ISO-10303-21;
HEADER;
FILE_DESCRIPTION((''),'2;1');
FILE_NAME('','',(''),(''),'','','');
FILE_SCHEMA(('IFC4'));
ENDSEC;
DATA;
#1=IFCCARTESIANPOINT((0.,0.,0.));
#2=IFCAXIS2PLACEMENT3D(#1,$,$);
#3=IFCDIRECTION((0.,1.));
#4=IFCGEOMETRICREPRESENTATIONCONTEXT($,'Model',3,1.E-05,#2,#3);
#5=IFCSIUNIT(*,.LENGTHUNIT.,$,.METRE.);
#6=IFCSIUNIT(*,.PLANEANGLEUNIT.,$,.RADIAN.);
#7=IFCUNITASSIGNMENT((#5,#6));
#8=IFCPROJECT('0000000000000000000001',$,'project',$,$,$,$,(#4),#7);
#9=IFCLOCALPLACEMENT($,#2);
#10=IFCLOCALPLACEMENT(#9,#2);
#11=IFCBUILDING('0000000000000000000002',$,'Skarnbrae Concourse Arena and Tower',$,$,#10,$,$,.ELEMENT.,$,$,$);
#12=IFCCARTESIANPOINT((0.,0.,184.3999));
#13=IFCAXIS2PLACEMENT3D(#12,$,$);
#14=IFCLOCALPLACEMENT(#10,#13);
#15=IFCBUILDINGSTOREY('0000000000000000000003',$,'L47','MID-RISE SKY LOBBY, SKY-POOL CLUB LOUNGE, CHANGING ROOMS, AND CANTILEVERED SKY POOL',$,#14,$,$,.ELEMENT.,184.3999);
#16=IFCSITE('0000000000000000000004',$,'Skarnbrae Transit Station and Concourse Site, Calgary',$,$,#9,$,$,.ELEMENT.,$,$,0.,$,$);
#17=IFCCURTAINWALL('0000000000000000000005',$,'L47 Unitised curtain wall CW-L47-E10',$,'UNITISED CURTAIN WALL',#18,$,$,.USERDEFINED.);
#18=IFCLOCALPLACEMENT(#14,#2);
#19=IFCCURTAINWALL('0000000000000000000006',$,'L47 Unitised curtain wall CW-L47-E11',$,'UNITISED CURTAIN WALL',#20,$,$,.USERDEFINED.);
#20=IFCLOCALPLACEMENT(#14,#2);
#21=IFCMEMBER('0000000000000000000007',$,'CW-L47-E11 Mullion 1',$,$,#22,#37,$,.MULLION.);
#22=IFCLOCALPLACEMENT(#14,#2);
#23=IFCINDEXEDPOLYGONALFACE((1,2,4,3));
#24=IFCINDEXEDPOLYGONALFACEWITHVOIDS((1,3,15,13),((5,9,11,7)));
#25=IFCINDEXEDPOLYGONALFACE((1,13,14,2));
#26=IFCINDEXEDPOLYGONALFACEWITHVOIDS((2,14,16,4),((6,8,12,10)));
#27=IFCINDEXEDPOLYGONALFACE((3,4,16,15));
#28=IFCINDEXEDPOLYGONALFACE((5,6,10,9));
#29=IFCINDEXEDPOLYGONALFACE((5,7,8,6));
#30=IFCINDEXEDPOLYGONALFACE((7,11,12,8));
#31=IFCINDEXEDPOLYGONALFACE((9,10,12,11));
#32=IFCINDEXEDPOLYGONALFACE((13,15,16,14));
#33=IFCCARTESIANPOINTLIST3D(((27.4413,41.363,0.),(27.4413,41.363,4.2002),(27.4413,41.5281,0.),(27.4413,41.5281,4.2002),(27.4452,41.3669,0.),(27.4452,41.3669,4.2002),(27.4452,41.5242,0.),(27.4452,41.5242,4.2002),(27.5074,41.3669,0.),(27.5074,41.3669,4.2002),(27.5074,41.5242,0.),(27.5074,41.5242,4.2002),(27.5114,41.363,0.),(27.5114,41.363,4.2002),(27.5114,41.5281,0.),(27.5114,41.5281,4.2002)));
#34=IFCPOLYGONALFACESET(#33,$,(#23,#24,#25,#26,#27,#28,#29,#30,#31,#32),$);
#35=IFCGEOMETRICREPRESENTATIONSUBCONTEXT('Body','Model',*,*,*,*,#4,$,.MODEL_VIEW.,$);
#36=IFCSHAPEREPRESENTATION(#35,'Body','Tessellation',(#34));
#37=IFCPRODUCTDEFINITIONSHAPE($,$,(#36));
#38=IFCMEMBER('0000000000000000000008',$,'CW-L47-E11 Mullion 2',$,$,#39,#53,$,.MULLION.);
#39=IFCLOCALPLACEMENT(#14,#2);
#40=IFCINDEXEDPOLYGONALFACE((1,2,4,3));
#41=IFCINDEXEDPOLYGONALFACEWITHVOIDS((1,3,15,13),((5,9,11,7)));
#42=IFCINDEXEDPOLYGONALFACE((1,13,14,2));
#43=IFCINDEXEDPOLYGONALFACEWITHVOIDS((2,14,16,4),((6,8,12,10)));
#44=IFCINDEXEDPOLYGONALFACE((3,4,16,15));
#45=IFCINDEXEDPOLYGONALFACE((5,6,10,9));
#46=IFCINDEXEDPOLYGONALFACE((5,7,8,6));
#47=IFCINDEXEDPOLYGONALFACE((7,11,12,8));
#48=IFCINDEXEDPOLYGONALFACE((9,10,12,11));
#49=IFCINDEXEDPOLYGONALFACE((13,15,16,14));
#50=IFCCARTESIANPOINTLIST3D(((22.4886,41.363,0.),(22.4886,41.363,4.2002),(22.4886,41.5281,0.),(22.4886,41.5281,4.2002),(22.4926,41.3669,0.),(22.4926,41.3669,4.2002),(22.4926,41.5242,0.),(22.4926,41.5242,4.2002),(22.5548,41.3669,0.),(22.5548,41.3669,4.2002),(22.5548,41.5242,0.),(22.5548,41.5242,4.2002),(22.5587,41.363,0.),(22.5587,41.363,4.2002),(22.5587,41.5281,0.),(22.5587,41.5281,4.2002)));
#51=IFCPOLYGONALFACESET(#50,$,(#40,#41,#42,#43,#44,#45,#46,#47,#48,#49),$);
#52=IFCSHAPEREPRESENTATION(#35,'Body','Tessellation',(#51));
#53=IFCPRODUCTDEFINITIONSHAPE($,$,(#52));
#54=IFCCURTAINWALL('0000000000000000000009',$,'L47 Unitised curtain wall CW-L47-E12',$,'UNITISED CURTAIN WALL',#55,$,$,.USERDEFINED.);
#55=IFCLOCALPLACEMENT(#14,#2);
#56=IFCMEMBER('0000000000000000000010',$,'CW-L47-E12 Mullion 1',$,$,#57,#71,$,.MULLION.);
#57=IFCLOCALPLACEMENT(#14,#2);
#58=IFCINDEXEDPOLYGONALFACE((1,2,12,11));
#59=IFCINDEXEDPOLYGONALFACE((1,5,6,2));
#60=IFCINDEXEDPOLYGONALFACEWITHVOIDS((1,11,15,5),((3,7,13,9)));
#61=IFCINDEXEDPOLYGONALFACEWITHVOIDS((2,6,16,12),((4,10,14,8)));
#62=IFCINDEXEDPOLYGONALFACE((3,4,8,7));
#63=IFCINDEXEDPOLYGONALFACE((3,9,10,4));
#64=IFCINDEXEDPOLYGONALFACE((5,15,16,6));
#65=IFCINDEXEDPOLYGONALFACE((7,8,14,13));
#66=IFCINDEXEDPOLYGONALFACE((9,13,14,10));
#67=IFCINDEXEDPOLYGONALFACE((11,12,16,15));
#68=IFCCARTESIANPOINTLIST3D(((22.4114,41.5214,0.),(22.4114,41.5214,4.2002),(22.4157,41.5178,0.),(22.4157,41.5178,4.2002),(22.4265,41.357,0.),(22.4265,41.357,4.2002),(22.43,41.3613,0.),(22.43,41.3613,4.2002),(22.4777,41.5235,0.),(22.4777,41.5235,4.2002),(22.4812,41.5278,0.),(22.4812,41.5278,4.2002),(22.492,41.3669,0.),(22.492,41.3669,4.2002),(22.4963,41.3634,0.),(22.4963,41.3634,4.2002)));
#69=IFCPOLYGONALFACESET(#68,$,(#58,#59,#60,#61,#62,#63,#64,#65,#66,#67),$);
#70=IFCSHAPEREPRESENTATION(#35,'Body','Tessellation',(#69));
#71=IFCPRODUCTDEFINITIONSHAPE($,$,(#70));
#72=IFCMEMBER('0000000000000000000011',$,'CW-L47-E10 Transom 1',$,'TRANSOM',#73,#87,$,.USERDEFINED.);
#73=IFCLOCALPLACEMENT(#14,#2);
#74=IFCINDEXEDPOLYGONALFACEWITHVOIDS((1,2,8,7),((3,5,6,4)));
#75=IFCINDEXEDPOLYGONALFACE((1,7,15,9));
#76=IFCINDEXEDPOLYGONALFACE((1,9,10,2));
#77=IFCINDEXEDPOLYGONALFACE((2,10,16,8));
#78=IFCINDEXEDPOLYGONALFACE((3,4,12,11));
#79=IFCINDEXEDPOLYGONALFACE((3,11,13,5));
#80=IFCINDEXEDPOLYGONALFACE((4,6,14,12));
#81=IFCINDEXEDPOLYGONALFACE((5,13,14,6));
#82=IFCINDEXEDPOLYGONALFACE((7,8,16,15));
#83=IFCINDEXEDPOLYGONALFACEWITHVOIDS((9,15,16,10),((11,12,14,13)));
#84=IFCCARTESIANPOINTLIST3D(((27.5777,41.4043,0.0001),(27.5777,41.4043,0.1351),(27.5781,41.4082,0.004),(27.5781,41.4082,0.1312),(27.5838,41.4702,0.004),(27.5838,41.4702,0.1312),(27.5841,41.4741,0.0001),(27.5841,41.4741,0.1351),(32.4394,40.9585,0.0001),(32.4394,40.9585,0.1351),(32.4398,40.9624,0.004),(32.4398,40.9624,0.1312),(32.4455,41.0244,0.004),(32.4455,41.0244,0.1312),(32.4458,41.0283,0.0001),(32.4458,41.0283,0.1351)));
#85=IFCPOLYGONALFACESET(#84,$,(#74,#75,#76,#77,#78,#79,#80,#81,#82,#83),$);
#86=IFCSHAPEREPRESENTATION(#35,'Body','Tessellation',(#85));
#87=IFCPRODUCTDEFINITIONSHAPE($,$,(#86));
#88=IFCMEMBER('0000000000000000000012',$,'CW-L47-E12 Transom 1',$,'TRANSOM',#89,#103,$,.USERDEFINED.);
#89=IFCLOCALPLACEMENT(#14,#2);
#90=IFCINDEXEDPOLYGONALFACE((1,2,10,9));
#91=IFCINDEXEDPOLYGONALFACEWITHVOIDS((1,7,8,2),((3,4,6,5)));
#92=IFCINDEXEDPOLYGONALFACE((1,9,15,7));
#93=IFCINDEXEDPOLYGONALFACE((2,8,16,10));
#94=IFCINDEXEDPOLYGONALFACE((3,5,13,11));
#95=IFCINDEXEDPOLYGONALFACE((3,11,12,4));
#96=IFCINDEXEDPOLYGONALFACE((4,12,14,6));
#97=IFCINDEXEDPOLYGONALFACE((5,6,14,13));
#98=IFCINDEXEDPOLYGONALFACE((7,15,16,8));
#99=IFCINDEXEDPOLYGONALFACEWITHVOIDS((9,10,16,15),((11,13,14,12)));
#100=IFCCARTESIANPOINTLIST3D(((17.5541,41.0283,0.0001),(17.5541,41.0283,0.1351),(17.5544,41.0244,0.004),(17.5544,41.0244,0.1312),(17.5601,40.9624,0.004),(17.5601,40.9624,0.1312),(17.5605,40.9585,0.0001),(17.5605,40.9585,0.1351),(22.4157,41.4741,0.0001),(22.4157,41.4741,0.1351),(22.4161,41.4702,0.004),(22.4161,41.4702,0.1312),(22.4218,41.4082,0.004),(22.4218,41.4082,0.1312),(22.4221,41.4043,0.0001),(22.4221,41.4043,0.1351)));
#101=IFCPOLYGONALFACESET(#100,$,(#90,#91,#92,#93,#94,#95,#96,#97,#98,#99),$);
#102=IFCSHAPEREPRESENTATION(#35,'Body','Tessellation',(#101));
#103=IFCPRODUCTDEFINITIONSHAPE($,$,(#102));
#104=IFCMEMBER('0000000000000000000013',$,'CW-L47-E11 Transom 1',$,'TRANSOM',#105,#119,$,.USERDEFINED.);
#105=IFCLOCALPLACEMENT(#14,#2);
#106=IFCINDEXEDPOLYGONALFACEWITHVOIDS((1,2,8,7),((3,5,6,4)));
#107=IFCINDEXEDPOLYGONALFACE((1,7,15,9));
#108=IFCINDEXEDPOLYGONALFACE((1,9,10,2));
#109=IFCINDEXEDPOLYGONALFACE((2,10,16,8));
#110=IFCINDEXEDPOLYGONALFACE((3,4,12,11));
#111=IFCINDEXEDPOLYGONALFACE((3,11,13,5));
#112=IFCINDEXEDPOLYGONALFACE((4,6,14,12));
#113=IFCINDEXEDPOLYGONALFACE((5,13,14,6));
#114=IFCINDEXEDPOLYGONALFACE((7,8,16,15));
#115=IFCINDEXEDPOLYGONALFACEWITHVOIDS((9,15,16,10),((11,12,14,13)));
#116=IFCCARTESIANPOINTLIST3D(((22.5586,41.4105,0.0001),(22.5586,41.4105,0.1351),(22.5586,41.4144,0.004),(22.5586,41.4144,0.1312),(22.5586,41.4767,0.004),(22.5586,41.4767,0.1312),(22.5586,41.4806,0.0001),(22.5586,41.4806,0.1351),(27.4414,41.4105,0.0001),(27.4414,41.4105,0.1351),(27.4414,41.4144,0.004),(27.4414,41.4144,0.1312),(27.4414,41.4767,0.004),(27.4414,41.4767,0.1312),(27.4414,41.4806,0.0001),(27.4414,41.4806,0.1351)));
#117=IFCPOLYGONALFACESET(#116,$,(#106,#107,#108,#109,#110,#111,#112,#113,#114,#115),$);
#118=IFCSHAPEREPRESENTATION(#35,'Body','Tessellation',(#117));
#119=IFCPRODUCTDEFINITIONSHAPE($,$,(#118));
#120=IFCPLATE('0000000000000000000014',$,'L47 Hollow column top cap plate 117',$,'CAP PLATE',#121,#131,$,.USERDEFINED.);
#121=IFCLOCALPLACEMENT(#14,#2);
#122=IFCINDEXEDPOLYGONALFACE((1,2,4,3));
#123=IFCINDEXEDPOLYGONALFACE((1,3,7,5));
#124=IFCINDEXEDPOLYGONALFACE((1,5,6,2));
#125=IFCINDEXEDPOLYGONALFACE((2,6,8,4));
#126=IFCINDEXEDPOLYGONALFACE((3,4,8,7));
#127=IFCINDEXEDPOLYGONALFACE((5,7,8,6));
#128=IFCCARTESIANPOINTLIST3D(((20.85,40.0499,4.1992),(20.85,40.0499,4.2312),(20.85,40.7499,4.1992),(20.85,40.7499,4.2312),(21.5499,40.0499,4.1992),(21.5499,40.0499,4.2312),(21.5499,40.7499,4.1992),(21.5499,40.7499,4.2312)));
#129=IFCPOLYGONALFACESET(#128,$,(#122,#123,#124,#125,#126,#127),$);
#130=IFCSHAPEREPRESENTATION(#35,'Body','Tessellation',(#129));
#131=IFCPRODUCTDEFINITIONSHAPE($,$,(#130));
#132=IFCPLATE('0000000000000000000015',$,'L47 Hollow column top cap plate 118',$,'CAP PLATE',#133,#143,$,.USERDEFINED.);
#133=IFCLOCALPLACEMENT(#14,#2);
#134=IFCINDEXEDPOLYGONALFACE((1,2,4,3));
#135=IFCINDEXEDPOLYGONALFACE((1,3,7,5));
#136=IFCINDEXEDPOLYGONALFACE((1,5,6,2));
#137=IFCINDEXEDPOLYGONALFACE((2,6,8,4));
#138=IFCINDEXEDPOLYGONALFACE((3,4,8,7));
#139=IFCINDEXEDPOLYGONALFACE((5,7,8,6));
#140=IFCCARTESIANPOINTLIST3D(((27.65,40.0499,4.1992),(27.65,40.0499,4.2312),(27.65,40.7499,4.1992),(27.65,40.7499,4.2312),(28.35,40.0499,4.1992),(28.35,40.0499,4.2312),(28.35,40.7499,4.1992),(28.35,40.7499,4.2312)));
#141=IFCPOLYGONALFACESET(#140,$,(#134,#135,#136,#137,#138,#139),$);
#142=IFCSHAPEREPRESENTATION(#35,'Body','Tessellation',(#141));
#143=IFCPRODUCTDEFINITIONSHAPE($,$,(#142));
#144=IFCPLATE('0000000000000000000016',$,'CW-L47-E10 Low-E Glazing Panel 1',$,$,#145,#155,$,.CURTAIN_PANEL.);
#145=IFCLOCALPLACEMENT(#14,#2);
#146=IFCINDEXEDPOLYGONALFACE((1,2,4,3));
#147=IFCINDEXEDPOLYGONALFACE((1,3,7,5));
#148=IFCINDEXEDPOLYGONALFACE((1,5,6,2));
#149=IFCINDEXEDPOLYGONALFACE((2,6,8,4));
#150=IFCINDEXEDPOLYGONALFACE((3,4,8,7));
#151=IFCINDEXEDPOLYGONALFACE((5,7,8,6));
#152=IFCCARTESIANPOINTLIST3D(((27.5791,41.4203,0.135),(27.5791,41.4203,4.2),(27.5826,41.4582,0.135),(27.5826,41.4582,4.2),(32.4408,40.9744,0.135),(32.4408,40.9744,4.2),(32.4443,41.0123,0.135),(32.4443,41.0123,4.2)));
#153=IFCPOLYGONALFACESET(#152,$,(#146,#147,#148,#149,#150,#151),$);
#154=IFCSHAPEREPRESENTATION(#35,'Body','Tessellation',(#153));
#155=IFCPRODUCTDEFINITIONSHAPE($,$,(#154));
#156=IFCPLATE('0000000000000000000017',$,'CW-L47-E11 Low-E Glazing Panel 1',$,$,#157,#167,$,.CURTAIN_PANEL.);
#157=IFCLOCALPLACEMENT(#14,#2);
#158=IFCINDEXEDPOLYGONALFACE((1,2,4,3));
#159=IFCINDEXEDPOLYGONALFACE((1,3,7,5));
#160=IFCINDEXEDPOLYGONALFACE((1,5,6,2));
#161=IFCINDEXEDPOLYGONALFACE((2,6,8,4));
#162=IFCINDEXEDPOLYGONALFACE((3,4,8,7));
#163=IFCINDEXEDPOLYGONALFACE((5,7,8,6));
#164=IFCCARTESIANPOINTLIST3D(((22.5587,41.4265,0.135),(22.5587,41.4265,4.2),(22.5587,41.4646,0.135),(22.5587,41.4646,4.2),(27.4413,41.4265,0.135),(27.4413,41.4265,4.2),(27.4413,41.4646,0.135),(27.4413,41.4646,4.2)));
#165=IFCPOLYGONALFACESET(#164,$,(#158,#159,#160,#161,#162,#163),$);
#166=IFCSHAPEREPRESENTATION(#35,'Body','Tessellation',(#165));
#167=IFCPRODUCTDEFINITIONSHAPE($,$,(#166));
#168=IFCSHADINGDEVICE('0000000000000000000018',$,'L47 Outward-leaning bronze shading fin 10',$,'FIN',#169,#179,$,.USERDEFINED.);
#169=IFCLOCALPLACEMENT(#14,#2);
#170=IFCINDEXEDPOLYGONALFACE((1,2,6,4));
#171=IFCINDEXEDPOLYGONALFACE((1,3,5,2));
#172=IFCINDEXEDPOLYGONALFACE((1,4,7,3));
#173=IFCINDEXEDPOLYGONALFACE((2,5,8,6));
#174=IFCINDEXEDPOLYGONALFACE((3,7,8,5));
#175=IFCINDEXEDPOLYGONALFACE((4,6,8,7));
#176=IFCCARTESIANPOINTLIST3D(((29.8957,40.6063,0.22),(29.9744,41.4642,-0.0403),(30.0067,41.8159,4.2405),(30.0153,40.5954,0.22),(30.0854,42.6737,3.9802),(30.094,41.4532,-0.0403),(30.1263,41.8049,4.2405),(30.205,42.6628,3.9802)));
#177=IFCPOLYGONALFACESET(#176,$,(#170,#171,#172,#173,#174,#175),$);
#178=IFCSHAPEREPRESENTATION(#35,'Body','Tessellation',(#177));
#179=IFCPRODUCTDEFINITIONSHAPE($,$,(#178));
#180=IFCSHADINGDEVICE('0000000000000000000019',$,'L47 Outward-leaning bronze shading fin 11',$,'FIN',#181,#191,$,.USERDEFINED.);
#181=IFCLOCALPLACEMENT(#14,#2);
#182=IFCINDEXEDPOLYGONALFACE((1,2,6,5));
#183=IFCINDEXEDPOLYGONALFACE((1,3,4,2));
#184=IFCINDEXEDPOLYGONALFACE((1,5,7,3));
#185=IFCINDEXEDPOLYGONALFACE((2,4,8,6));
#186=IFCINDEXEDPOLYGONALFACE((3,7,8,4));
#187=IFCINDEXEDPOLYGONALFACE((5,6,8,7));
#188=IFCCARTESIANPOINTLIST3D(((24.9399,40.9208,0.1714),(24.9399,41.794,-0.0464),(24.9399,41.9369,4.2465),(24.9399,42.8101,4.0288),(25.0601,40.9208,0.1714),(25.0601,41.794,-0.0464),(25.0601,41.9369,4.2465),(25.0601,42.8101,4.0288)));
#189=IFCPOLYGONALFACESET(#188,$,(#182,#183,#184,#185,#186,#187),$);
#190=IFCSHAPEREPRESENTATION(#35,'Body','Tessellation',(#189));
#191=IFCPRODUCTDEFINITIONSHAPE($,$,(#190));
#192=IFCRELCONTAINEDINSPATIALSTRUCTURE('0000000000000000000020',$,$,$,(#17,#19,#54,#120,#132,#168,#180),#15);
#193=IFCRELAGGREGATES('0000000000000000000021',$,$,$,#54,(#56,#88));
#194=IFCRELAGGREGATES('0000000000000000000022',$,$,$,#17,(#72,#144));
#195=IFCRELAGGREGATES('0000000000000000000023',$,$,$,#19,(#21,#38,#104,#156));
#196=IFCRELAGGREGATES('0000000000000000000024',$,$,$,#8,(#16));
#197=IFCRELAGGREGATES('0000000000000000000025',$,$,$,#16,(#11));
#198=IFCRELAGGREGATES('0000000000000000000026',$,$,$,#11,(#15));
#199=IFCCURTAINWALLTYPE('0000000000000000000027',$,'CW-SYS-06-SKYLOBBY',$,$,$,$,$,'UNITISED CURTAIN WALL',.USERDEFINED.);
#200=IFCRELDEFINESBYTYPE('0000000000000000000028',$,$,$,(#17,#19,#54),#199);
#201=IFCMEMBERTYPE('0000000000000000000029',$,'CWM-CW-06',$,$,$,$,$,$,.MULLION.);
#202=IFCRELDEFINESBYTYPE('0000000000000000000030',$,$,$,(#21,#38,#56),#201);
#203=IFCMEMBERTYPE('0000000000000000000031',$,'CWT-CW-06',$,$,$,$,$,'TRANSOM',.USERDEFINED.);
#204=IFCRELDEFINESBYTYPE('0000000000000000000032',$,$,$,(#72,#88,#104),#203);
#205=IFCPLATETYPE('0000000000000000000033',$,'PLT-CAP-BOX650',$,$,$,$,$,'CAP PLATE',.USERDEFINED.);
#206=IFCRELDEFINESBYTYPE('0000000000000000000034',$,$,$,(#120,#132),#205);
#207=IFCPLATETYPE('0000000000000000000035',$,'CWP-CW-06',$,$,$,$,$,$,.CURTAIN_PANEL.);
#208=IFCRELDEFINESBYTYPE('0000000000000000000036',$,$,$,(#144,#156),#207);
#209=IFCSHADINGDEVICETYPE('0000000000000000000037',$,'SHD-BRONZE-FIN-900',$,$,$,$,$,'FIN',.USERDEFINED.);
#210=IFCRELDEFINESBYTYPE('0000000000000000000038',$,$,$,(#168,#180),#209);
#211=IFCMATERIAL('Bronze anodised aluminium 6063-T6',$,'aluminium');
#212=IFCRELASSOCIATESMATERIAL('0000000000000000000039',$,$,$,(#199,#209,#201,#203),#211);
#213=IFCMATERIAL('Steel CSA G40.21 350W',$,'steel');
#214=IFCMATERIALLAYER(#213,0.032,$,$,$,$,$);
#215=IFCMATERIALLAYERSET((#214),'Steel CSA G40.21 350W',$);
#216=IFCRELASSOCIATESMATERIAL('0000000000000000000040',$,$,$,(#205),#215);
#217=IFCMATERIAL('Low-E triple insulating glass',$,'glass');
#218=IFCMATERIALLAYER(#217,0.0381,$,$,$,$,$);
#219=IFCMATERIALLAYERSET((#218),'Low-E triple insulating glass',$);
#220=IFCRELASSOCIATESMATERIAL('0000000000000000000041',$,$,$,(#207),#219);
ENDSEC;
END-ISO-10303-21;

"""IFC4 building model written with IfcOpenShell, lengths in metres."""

from ifc_helpers import new_model, si_unit, direction, frame, origin, origin_2d, place, context, subcontext, project, spatial, rectangle, hollow_rectangle, extrude, source, transform, mapped, material, layer, layer_set, material_profile, profile_set, type_object, element, aggregate, save


model = new_model("IFC4")

# Units and contexts
model_context = context("Model", 3, precision=1e-05, world=origin(), true_north=direction((0.0, 1.0)))
body_context = subcontext(model_context, "Body", "Model", "MODEL_VIEW")
ifc_project = project(units=[si_unit("LENGTHUNIT", "METRE"), si_unit("PLANEANGLEUNIT", "RADIAN")], contexts=[model_context])

# Site, building, storey
site_placement = place(None, origin())
site = spatial("IfcSite", under=ifc_project, at=site_placement, Name="Skarnbrae Transit Station and Concourse Site, Calgary", CompositionType="ELEMENT", RefElevation=0.0)
building_placement = place(site_placement, origin())
building = spatial("IfcBuilding", under=site, at=building_placement, Name="Skarnbrae Concourse Arena and Tower", CompositionType="ELEMENT")
storey_placement = place(building_placement, frame((0.0, 0.0, 184.3999)))
storey = spatial("IfcBuildingStorey", under=building, at=storey_placement, Name="L47", Description="MID-RISE SKY LOBBY, SKY-POOL CLUB LOUNGE, CHANGING ROOMS, AND CANTILEVERED SKY POOL", CompositionType="ELEMENT", Elevation=184.3999)

# Shared definitions
ifc_material_1 = material(Name="Steel CSA G40.21 350W", Category="steel")

# Shared definitions
ifc_material_2 = material(Name="Bronze anodised aluminium 6063-T6", Category="aluminium")
curtain_wall_type = type_object("IfcCurtainWallType", Name="CW-SYS-06-SKYLOBBY", ElementType="UNITISED CURTAIN WALL", PredefinedType="USERDEFINED", material=ifc_material_2)
ifc_material_profile_1 = material_profile(ifc_material_2, hollow_rectangle(XDim=0.0701, YDim=0.165, WallThickness=0.0039, at=origin_2d()), Name="ALU-MULL-70X165")
ifc_profile_set_1 = profile_set([ifc_material_profile_1], Name="Bronze anodised aluminium 6063-T6")
member_type_1 = type_object("IfcMemberType", Name="CWM-CW-06", PredefinedType="MULLION", material=ifc_profile_set_1)
shared_shape_1 = source(origin(), body_context, "Body", "SweptSolid", [
    extrude(hollow_rectangle(XDim=0.0701, YDim=0.165, WallThickness=0.0039, at=origin_2d()), origin(), (0.0, 0.0, 1.0), 4.2002),
])

# Curtain walls, members
curtain_wall_1_placement = place(storey_placement, origin())
curtain_wall_1 = element("IfcCurtainWall", 1, at=curtain_wall_1_placement, inside=storey, type_object=curtain_wall_type, Name="L47 Unitised curtain wall CW-L47-E10", ObjectType="UNITISED CURTAIN WALL", PredefinedType="USERDEFINED")
curtain_wall_2_placement = place(storey_placement, origin())
curtain_wall_2 = element("IfcCurtainWall", 2, at=curtain_wall_2_placement, inside=storey, type_object=curtain_wall_type, Name="L47 Unitised curtain wall CW-L47-E11", ObjectType="UNITISED CURTAIN WALL", PredefinedType="USERDEFINED")
member_1_placement = place(storey_placement, frame((27.4763, 41.4456, 0.0), z_axis=(0.0, 0.0, 1.0), x_axis=(-1.0, 0.0, 0.0)))
member_1 = element("IfcMember", 3, at=member_1_placement, type_object=member_type_1, Name="CW-L47-E11 Mullion 1", PredefinedType="MULLION", context=body_context, shape_type="MappedRepresentation", body=[
    mapped(shared_shape_1, transform((0.0, 0.0, 0.0))),
])
member_2_placement = place(storey_placement, frame((22.5237, 41.4456, 0.0), z_axis=(0.0, 0.0, 1.0), x_axis=(-1.0, 0.0, 0.0)))
member_2 = element("IfcMember", 4, at=member_2_placement, type_object=member_type_1, Name="CW-L47-E11 Mullion 2", PredefinedType="MULLION", context=body_context, shape_type="MappedRepresentation", body=[
    mapped(shared_shape_1, transform((0.0, 0.0, 0.0))),
])

# Curtain wall, member
curtain_wall_3_placement = place(storey_placement, origin())
curtain_wall_3 = element("IfcCurtainWall", 5, at=curtain_wall_3_placement, inside=storey, type_object=curtain_wall_type, Name="L47 Unitised curtain wall CW-L47-E12", ObjectType="UNITISED CURTAIN WALL", PredefinedType="USERDEFINED")
member_3_placement = place(storey_placement, frame((22.4539, 41.4424, 0.0), z_axis=(0.0, 0.0, 1.0), x_axis=(-0.99582, -0.091338, 0.0)))
member_3 = element("IfcMember", 6, at=member_3_placement, type_object=member_type_1, Name="CW-L47-E12 Mullion 1", PredefinedType="MULLION", context=body_context, shape_type="MappedRepresentation", body=[
    mapped(shared_shape_1, transform((0.0, 0.0, 0.0))),
])

# Members
ifc_material_profile_2 = material_profile(ifc_material_2, hollow_rectangle(XDim=0.0701, YDim=0.135, WallThickness=0.0039, at=origin_2d()), Name="ALU-TRAN-70X135")
ifc_profile_set_2 = profile_set([ifc_material_profile_2], Name="Bronze anodised aluminium 6063-T6")
member_type_2 = type_object("IfcMemberType", Name="CWT-CW-06", ElementType="TRANSOM", PredefinedType="USERDEFINED", material=ifc_profile_set_2)
shared_shape_2 = source(origin(), body_context, "Body", "SweptSolid", [
    extrude(hollow_rectangle(XDim=0.0701, YDim=0.135, WallThickness=0.0039, at=origin_2d()), origin(), (0.0, 0.0, 1.0), 4.8821),
])
member_4_placement = place(storey_placement, frame((32.4426, 40.9934, 0.0676), z_axis=(-0.995822, 0.091316, 0.0), x_axis=(-0.091316, -0.995822, 0.0)))
member_4 = element("IfcMember", 7, at=member_4_placement, type_object=member_type_2, Name="CW-L47-E10 Transom 1", ObjectType="TRANSOM", PredefinedType="USERDEFINED", context=body_context, shape_type="MappedRepresentation", body=[
    mapped(shared_shape_2, transform((0.0, 0.0, 0.0))),
])
member_5_placement = place(storey_placement, frame((22.4189, 41.4392, 0.0676), z_axis=(-0.995822, -0.091316, 0.0), x_axis=(0.091316, -0.995822, 0.0)))
member_5 = element("IfcMember", 8, at=member_5_placement, type_object=member_type_2, Name="CW-L47-E12 Transom 1", ObjectType="TRANSOM", PredefinedType="USERDEFINED", context=body_context, shape_type="MappedRepresentation", body=[
    mapped(shared_shape_2, transform((0.0, 0.0, 0.0))),
])
aggregate(curtain_wall_3, [member_3, member_5])
shared_shape_3 = source(origin(), body_context, "Body", "SweptSolid", [
    extrude(hollow_rectangle(XDim=0.0701, YDim=0.135, WallThickness=0.0039, at=origin_2d()), origin(), (0.0, 0.0, 1.0), 4.8828),
])
member_6_placement = place(storey_placement, frame((27.4414, 41.4456, 0.0676), z_axis=(-1.0, 0.0, 0.0), x_axis=(0.0, -1.0, 0.0)))
member_6 = element("IfcMember", 9, at=member_6_placement, type_object=member_type_2, Name="CW-L47-E11 Transom 1", ObjectType="TRANSOM", PredefinedType="USERDEFINED", context=body_context, shape_type="MappedRepresentation", body=[
    mapped(shared_shape_3, transform((0.0, 0.0, 0.0))),
])

# Plates
ifc_layer_1 = layer(ifc_material_1, 0.032)
ifc_layer_set_1 = layer_set([ifc_layer_1], Name="Steel CSA G40.21 350W")
plate_type_1 = type_object("IfcPlateType", Name="PLT-CAP-BOX650", ElementType="CAP PLATE", PredefinedType="USERDEFINED", material=ifc_layer_set_1)
shared_shape_4 = source(origin(), body_context, "Body", "SweptSolid", [
    extrude(rectangle(XDim=0.7, YDim=0.7, at=origin_2d()), origin(), (0.0, 0.0, 1.0), 0.032),
])
for number, where, z_axis, x_axis, name in (
    (10, (21.2, 40.3999, 4.1992), (0.0, 0.0, 1.0), (1.0, 0.0, 0.0), "L47 Hollow column top cap plate 117"),
    (11, (28.0, 40.3999, 4.1992), (0.0, 0.0, 1.0), (1.0, 0.0, 0.0), "L47 Hollow column top cap plate 118"),
):
    element("IfcPlate", number, at=place(storey_placement, frame(where, z_axis=z_axis, x_axis=x_axis)), inside=storey, type_object=plate_type_1, Name=name, ObjectType="CAP PLATE", PredefinedType="USERDEFINED", context=body_context, shape_type="MappedRepresentation", body=[
        mapped(shared_shape_4, transform((0.0, 0.0, 0.0))),
    ])

# Plates
ifc_material_3 = material(Name="Low-E triple insulating glass", Category="glass")
ifc_layer_2 = layer(ifc_material_3, 0.0381)
ifc_layer_set_2 = layer_set([ifc_layer_2], Name="Low-E triple insulating glass")
plate_type_2 = type_object("IfcPlateType", Name="CWP-CW-06", PredefinedType="CURTAIN_PANEL", material=ifc_layer_set_2)
shared_shape_5 = source(origin(), body_context, "Body", "SweptSolid", [
    extrude(rectangle(XDim=4.8821, YDim=0.0381, at=origin_2d()), origin(), (0.0, 0.0, 1.0), 4.0649),
])
plate_1_placement = place(storey_placement, frame((30.0117, 41.2163, 0.135), z_axis=(0.0, 0.0, 1.0), x_axis=(-0.99582, 0.091338, 0.0)))
plate_1 = element("IfcPlate", 12, at=plate_1_placement, type_object=plate_type_2, Name="CW-L47-E10 Low-E Glazing Panel 1", PredefinedType="CURTAIN_PANEL", context=body_context, shape_type="MappedRepresentation", body=[
    mapped(shared_shape_5, transform((0.0, 0.0, 0.0))),
])
aggregate(curtain_wall_1, [member_4, plate_1])
shared_shape_6 = source(origin(), body_context, "Body", "SweptSolid", [
    extrude(rectangle(XDim=4.8826, YDim=0.0381, at=origin_2d()), origin(), (0.0, 0.0, 1.0), 4.0649),
])
plate_2_placement = place(storey_placement, frame((25.0, 41.4456, 0.135), z_axis=(0.0, 0.0, 1.0), x_axis=(-1.0, 0.0, 0.0)))
plate_2 = element("IfcPlate", 13, at=plate_2_placement, type_object=plate_type_2, Name="CW-L47-E11 Low-E Glazing Panel 1", PredefinedType="CURTAIN_PANEL", context=body_context, shape_type="MappedRepresentation", body=[
    mapped(shared_shape_6, transform((0.0, 0.0, 0.0))),
])
aggregate(curtain_wall_2, [member_1, member_2, member_6, plate_2])

# Shading devices
shading_device_type = type_object("IfcShadingDeviceType", Name="SHD-BRONZE-FIN-900", ElementType="FIN", PredefinedType="USERDEFINED", material=ifc_material_2)
shared_shape_7 = source(origin(), body_context, "Body", "SweptSolid", [
    extrude(rectangle(XDim=0.1201, YDim=0.8999, at=origin_2d()), origin(), (0.0, 0.0, 1.0), 4.2),
])
for number, where, z_axis, x_axis, name in (
    (14, (29.9949, 41.0298, 0.0898), (0.026417, 0.28799, 0.957269), (0.995819, -0.091345, 0.0), "L47 Outward-leaning bronze shading fin 10"),
    (15, (25.0, 41.3574, 0.0625), (0.0, 0.241922, 0.970296), (1.0, 0.0, 0.0), "L47 Outward-leaning bronze shading fin 11"),
):
    element("IfcShadingDevice", number, at=place(storey_placement, frame(where, z_axis=z_axis, x_axis=x_axis)), inside=storey, type_object=shading_device_type, Name=name, ObjectType="FIN", PredefinedType="USERDEFINED", context=body_context, shape_type="MappedRepresentation", body=[
        mapped(shared_shape_7, transform((0.0, 0.0, 0.0))),
    ])

save(model, "model.ifc")
